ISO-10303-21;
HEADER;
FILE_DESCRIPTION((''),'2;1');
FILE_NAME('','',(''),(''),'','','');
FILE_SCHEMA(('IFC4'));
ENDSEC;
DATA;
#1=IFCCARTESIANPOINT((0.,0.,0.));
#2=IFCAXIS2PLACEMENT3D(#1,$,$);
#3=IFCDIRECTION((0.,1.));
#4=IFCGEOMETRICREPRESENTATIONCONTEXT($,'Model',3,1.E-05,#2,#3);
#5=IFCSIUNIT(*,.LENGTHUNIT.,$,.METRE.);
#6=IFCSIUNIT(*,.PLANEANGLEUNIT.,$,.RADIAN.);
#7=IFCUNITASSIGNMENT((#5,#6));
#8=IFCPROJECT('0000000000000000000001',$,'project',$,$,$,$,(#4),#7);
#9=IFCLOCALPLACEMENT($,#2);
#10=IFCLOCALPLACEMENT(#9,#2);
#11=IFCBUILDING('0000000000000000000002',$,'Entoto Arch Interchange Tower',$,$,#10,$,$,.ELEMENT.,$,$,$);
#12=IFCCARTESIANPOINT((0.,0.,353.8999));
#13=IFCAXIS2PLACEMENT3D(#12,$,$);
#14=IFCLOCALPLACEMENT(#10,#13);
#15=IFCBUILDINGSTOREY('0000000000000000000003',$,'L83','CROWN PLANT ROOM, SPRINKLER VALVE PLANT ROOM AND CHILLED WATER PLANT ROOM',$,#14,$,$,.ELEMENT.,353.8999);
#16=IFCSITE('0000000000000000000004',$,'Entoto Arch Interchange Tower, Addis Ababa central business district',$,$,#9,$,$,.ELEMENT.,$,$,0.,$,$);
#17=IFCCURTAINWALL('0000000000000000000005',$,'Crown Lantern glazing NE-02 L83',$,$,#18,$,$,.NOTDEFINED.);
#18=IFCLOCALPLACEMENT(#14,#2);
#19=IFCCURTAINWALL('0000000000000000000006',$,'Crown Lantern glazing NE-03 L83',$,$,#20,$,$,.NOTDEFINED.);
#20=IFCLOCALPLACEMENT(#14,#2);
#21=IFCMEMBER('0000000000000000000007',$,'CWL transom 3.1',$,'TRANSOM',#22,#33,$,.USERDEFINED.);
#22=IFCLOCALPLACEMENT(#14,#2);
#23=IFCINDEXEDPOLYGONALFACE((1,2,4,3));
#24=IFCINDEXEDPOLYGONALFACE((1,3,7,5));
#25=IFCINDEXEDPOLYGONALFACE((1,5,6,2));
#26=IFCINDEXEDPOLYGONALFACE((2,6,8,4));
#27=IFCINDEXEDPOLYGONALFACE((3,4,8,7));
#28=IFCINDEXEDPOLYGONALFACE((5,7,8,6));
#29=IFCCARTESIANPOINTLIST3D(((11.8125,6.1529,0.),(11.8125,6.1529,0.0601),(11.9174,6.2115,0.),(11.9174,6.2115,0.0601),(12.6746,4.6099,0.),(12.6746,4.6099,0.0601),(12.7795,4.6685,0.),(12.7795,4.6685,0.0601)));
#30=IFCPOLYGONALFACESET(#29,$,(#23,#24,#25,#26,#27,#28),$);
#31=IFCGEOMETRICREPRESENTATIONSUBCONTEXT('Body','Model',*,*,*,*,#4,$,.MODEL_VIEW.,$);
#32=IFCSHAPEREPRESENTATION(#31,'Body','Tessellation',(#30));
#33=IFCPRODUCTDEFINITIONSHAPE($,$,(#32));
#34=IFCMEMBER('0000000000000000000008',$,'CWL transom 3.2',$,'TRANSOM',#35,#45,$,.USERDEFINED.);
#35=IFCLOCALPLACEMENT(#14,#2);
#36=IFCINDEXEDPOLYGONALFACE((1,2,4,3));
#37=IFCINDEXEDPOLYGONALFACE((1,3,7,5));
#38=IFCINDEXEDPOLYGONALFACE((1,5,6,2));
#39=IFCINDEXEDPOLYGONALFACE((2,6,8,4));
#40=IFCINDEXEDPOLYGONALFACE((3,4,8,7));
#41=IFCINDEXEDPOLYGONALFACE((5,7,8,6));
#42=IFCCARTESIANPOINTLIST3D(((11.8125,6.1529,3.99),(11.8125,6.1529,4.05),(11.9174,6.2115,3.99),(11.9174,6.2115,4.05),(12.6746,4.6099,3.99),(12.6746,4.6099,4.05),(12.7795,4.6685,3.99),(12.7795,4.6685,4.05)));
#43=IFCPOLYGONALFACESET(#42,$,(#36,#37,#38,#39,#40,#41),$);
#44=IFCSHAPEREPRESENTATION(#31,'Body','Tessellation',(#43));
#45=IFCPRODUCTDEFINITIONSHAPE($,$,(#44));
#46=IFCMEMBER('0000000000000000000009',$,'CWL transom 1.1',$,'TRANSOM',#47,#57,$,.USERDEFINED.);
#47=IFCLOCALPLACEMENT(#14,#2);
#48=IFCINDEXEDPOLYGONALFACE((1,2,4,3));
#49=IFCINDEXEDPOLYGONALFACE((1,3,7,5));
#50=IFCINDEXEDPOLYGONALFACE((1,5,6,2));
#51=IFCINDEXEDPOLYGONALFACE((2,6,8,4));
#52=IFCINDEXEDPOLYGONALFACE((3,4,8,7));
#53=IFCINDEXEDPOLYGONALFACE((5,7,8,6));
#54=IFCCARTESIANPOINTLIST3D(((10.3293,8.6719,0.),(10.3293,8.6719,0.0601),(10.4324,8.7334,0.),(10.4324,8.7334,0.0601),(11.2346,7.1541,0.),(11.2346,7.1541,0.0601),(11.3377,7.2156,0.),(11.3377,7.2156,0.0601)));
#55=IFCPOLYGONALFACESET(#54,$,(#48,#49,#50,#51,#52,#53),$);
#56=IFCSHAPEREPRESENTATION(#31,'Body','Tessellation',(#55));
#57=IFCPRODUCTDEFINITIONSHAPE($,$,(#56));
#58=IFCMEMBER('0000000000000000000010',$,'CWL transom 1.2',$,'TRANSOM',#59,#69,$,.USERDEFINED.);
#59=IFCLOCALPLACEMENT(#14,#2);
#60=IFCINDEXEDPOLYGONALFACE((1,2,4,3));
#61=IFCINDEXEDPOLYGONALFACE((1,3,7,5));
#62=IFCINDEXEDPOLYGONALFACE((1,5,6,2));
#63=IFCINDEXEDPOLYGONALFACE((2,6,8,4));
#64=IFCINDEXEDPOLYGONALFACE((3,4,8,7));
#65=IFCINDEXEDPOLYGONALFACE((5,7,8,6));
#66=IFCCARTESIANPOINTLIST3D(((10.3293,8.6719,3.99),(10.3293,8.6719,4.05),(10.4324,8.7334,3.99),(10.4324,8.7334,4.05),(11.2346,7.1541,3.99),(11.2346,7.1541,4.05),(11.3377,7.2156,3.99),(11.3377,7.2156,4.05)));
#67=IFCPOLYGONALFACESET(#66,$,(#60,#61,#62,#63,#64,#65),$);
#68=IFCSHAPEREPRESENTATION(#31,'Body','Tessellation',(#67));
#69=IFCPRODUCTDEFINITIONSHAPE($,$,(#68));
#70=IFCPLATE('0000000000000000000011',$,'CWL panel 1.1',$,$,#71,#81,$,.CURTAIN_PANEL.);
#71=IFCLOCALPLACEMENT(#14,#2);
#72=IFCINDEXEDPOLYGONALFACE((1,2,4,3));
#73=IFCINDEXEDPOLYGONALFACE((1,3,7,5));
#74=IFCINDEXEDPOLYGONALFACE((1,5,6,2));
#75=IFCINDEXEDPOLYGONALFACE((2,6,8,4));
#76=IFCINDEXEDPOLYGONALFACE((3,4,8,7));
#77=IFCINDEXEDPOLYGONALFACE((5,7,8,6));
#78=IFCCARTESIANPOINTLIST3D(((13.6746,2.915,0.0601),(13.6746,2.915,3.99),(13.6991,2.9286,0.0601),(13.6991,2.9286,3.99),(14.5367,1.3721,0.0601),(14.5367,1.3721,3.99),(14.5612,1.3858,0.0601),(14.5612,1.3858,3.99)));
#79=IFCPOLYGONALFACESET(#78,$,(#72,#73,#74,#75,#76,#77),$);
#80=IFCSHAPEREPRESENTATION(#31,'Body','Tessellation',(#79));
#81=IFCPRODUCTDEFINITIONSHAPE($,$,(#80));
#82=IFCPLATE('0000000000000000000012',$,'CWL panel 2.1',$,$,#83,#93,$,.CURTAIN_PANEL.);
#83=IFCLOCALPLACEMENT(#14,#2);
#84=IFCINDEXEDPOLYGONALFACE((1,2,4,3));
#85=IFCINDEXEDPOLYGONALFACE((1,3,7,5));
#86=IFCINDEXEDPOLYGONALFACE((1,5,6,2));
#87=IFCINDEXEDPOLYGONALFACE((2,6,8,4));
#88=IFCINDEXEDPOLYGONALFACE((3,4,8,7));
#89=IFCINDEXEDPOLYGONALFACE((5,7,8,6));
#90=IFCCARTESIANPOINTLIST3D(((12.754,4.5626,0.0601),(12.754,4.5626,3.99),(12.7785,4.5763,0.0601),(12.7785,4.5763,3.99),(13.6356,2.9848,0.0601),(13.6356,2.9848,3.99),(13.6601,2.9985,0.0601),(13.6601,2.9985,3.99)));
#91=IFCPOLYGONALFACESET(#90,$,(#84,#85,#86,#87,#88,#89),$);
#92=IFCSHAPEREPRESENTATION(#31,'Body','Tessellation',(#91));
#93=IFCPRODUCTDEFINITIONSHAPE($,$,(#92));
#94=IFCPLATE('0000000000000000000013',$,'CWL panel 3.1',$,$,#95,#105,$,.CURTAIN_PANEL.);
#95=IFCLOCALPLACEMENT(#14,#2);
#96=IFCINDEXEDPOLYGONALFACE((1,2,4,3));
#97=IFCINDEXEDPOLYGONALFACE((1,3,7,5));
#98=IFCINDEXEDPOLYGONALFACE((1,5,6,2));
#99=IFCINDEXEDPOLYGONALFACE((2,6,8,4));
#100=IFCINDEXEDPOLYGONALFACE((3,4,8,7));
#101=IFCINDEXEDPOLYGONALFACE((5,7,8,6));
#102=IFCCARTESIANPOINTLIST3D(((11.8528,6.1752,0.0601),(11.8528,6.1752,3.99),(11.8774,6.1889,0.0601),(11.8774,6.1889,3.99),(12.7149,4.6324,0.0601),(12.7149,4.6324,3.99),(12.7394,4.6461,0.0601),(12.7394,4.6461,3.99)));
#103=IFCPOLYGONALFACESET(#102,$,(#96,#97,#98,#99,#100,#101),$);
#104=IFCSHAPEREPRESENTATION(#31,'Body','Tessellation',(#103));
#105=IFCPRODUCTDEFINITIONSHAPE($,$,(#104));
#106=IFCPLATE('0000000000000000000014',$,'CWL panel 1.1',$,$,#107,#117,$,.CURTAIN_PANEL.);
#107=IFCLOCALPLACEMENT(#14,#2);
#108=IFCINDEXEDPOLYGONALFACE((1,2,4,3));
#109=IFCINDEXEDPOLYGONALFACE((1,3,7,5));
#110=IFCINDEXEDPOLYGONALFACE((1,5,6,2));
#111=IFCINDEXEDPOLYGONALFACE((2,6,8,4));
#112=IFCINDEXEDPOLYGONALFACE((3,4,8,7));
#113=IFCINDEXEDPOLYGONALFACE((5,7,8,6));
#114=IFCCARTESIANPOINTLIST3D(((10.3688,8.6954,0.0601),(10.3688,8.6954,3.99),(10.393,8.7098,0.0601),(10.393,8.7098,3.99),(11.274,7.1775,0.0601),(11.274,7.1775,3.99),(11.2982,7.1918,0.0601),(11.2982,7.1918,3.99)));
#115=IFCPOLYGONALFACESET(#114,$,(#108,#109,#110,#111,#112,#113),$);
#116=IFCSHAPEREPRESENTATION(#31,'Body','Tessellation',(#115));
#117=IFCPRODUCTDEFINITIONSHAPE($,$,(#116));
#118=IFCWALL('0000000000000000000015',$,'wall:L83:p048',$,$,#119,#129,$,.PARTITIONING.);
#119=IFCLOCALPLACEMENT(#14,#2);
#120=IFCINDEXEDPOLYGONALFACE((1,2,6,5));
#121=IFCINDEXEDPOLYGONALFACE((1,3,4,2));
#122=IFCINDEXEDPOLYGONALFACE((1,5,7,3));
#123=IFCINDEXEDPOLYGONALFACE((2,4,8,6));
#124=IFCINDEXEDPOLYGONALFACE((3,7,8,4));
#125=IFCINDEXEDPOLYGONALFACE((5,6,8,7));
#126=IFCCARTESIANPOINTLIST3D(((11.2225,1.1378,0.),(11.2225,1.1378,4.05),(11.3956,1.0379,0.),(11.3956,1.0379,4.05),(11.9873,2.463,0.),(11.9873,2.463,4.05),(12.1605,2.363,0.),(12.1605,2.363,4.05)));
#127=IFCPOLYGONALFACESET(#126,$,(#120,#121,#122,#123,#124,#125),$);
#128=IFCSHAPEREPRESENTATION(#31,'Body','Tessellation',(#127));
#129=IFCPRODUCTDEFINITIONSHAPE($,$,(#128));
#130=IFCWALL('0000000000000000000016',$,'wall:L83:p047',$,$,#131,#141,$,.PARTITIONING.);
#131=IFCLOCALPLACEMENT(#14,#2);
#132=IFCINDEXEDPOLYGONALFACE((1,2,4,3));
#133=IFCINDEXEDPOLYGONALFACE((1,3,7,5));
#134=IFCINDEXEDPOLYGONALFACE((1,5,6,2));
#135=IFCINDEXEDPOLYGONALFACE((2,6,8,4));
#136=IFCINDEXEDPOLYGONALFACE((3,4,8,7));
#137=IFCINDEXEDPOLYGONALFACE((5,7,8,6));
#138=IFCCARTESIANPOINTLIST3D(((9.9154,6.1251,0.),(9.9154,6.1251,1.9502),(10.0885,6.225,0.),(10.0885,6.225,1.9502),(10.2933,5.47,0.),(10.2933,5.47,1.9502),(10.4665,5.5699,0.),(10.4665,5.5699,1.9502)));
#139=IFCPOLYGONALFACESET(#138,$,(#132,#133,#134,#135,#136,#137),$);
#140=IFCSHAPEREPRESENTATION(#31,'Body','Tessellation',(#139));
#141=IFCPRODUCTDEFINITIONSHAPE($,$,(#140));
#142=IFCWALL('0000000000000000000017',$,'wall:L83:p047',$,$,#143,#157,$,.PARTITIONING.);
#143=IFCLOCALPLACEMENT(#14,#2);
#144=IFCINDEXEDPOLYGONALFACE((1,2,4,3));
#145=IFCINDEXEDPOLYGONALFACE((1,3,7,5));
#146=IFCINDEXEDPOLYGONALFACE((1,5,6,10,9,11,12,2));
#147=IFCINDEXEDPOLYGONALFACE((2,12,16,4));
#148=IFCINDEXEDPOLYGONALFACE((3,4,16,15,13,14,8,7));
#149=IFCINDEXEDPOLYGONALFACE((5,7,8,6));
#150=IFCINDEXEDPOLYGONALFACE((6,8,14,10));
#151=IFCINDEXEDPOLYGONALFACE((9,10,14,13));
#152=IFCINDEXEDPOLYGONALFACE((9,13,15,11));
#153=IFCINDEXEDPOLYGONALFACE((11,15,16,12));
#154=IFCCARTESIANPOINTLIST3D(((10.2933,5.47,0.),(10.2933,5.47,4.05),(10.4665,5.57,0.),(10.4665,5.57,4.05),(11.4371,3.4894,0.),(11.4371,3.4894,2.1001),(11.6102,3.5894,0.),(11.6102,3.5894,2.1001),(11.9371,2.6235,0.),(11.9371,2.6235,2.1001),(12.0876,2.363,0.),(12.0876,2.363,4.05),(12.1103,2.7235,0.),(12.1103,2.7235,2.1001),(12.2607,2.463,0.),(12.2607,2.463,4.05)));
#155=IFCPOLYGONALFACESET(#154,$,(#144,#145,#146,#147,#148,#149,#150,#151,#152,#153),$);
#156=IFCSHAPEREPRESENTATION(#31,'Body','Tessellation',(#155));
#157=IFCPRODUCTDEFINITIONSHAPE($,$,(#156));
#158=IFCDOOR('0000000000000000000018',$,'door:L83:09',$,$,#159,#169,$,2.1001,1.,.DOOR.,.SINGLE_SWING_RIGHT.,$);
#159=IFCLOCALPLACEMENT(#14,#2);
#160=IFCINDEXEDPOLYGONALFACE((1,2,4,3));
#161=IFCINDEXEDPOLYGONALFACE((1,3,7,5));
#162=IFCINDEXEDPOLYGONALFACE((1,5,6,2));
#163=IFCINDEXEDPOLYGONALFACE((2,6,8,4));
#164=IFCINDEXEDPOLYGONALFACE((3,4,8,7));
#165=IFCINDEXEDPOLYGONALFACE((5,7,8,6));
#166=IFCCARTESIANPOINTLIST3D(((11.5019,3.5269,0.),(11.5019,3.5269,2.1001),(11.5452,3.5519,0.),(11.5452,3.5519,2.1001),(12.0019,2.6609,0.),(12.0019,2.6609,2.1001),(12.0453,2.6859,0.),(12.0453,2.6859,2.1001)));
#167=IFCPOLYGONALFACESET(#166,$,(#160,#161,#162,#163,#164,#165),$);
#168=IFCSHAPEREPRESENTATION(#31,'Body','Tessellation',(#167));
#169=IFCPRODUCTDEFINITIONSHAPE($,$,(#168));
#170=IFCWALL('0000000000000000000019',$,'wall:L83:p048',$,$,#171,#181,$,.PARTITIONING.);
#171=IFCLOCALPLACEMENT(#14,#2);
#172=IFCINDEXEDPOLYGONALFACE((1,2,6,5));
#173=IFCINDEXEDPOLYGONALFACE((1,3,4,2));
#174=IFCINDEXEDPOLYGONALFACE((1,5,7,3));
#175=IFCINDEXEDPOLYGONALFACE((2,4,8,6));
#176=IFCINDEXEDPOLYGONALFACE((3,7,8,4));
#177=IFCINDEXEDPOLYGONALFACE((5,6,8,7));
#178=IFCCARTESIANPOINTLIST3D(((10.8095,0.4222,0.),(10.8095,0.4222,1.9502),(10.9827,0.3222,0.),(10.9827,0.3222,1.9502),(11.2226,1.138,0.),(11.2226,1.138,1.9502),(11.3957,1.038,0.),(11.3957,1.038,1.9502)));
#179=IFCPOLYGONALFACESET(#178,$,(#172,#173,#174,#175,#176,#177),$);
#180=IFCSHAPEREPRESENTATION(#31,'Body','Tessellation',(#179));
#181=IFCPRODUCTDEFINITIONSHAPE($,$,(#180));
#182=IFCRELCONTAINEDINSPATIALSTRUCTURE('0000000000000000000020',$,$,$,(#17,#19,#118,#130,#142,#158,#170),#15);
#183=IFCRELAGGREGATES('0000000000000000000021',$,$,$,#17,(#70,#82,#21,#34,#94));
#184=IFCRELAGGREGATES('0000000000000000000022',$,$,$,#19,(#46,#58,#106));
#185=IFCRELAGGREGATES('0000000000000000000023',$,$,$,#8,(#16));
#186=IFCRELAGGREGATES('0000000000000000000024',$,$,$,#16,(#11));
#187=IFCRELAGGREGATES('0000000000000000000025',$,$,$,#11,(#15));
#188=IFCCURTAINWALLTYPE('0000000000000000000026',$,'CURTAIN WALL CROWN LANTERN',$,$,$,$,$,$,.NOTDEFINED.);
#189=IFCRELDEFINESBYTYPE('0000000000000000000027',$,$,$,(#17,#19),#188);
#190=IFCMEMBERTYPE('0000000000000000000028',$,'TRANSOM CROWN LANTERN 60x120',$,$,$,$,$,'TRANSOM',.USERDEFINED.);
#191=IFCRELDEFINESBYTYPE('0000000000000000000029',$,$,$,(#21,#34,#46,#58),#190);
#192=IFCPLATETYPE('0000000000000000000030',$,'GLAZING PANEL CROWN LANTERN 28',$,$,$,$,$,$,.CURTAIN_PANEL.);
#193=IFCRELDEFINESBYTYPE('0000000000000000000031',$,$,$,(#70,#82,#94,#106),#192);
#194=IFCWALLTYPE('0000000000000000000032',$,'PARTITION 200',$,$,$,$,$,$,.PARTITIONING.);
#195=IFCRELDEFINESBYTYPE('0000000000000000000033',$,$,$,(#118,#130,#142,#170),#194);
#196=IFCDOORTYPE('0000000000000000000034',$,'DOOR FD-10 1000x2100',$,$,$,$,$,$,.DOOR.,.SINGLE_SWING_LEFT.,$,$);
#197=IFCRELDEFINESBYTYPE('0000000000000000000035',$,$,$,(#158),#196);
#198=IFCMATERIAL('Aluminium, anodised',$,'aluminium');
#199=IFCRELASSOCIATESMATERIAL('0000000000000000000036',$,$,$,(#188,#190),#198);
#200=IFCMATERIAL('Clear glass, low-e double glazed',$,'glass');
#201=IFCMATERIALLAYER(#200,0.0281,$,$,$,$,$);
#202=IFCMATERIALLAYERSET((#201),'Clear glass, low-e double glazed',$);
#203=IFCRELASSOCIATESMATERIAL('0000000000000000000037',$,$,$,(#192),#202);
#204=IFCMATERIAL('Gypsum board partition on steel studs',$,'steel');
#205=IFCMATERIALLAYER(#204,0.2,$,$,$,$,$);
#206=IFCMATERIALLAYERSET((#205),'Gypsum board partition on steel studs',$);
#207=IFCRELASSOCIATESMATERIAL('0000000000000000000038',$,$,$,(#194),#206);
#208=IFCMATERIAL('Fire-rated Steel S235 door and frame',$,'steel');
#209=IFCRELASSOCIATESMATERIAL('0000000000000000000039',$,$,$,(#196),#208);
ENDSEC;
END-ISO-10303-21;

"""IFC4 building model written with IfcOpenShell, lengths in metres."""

from ifc_helpers import new_model, si_unit, direction, frame, frame_2d, origin, origin_2d, place, context, subcontext, project, spatial, rectangle, extrude, material, layer, layer_set, material_profile, profile_set, type_object, element, fill, aggregate, save


model = new_model("IFC4")

# Units and contexts
model_context = context("Model", 3, precision=1e-05, world=origin(), true_north=direction((0.0, 1.0)))
body_context = subcontext(model_context, "Body", "Model", "MODEL_VIEW")
ifc_project = project(units=[si_unit("LENGTHUNIT", "METRE"), si_unit("PLANEANGLEUNIT", "RADIAN")], contexts=[model_context])

# Site, building, storey
site_placement = place(None, origin())
site = spatial("IfcSite", under=ifc_project, at=site_placement, Name="Entoto Arch Interchange Tower, Addis Ababa central business district", CompositionType="ELEMENT", RefElevation=0.0)
building_placement = place(site_placement, origin())
building = spatial("IfcBuilding", under=site, at=building_placement, Name="Entoto Arch Interchange Tower", CompositionType="ELEMENT")
storey_placement = place(building_placement, frame((0.0, 0.0, 353.8999)))
storey = spatial("IfcBuildingStorey", under=building, at=storey_placement, Name="L83", Description="CROWN PLANT ROOM, SPRINKLER VALVE PLANT ROOM AND CHILLED WATER PLANT ROOM", CompositionType="ELEMENT", Elevation=353.8999)

# Shared definitions
ifc_material_1 = material(Name="Aluminium, anodised", Category="aluminium")
curtain_wall_type = type_object("IfcCurtainWallType", Name="CURTAIN WALL CROWN LANTERN", PredefinedType="NOTDEFINED", material=ifc_material_1)

# Curtain wall
curtain_wall_1_placement = place(storey_placement, origin())
curtain_wall_1 = element("IfcCurtainWall", 1, at=curtain_wall_1_placement, inside=storey, type_object=curtain_wall_type, Name="Crown Lantern glazing NE-02 L83", PredefinedType="NOTDEFINED")

# Curtain wall
curtain_wall_2_placement = place(storey_placement, origin())
curtain_wall_2 = element("IfcCurtainWall", 2, at=curtain_wall_2_placement, inside=storey, type_object=curtain_wall_type, Name="Crown Lantern glazing NE-03 L83", PredefinedType="NOTDEFINED")

# Members
ifc_material_profile_1 = material_profile(ifc_material_1, rectangle(XDim=0.1201, YDim=0.0601, at=origin_2d()))
ifc_profile_set_1 = profile_set([ifc_material_profile_1], Name="Aluminium, anodised")
member_type_1 = type_object("IfcMemberType", Name="TRANSOM CROWN LANTERN 60x120", ElementType="TRANSOM", PredefinedType="USERDEFINED", material=ifc_profile_set_1)
member_1_placement = place(storey_placement, frame((12.7271, 4.6392, 0.03), z_axis=(-0.487741, 0.872988, 0.0), x_axis=(-0.872988, -0.487741, 0.0)))
member_1 = element("IfcMember", 3, at=member_1_placement, type_object=member_type_1, Name="CWL transom 3.1", ObjectType="TRANSOM", PredefinedType="USERDEFINED", context=body_context, shape_type="SweptSolid", body=[
    extrude(rectangle(XDim=0.1201, YDim=0.0601, at=origin_2d()), origin(), (0.0, 0.0, 1.0), 1.7676),
])
member_2_placement = place(storey_placement, frame((12.7271, 4.6392, 4.02), z_axis=(-0.487741, 0.872988, 0.0), x_axis=(-0.872988, -0.487741, 0.0)))
member_2 = element("IfcMember", 4, at=member_2_placement, type_object=member_type_1, Name="CWL transom 3.2", ObjectType="TRANSOM", PredefinedType="USERDEFINED", context=body_context, shape_type="SweptSolid", body=[
    extrude(rectangle(XDim=0.1201, YDim=0.0601, at=origin_2d()), origin(), (0.0, 0.0, 1.0), 1.7676),
])
member_3_placement = place(storey_placement, frame((11.2861, 7.1848, 0.03), z_axis=(-0.512239, 0.858843, 0.0), x_axis=(-0.858843, -0.512239, 0.0)))
member_3 = element("IfcMember", 5, at=member_3_placement, type_object=member_type_1, Name="CWL transom 1.1", ObjectType="TRANSOM", PredefinedType="USERDEFINED", context=body_context, shape_type="SweptSolid", body=[
    extrude(rectangle(XDim=0.1201, YDim=0.0601, at=origin_2d()), origin(), (0.0, 0.0, 1.0), 1.7673),
])
member_4_placement = place(storey_placement, frame((11.2861, 7.1848, 4.02), z_axis=(-0.512239, 0.858843, 0.0), x_axis=(-0.858843, -0.512239, 0.0)))
member_4 = element("IfcMember", 6, at=member_4_placement, type_object=member_type_1, Name="CWL transom 1.2", ObjectType="TRANSOM", PredefinedType="USERDEFINED", context=body_context, shape_type="SweptSolid", body=[
    extrude(rectangle(XDim=0.1201, YDim=0.0601, at=origin_2d()), origin(), (0.0, 0.0, 1.0), 1.7673),
])

# Plates
ifc_material_2 = material(Name="Clear glass, low-e double glazed", Category="glass")
ifc_layer_1 = layer(ifc_material_2, 0.0281)
ifc_layer_set_1 = layer_set([ifc_layer_1], Name="Clear glass, low-e double glazed")
plate_type = type_object("IfcPlateType", Name="GLAZING PANEL CROWN LANTERN 28", PredefinedType="CURTAIN_PANEL", material=ifc_layer_set_1)
plate_1_placement = place(storey_placement, frame((14.1179, 2.1504, 0.0601), z_axis=(0.0, 0.0, 1.0), x_axis=(-0.487786, 0.872963, 0.0)))
plate_1 = element("IfcPlate", 7, at=plate_1_placement, type_object=plate_type, Name="CWL panel 1.1", PredefinedType="CURTAIN_PANEL", context=body_context, shape_type="SweptSolid", body=[
    extrude(rectangle(XDim=1.7673, YDim=0.0281, at=origin_2d()), origin(), (0.0, 0.0, 1.0), 3.9299),
])
plate_2_placement = place(storey_placement, frame((13.207, 3.7805, 0.0601), z_axis=(0.0, 0.0, 1.0), x_axis=(-0.487786, 0.872963, 0.0)))
plate_2 = element("IfcPlate", 8, at=plate_2_placement, type_object=plate_type, Name="CWL panel 2.1", PredefinedType="CURTAIN_PANEL", context=body_context, shape_type="SweptSolid", body=[
    extrude(rectangle(XDim=1.8074, YDim=0.0281, at=origin_2d()), origin(), (0.0, 0.0, 1.0), 3.9299),
])
plate_3_placement = place(storey_placement, frame((12.2961, 5.4106, 0.0601), z_axis=(0.0, 0.0, 1.0), x_axis=(-0.487786, 0.872963, 0.0)))
plate_3 = element("IfcPlate", 9, at=plate_3_placement, type_object=plate_type, Name="CWL panel 3.1", PredefinedType="CURTAIN_PANEL", context=body_context, shape_type="SweptSolid", body=[
    extrude(rectangle(XDim=1.7673, YDim=0.0281, at=origin_2d()), origin(), (0.0, 0.0, 1.0), 3.9299),
])
aggregate(curtain_wall_1, [plate_1, plate_2, member_1, member_2, plate_3])
plate_4_placement = place(storey_placement, frame((10.8335, 7.9436, 0.0601), z_axis=(0.0, 0.0, 1.0), x_axis=(-0.512182, 0.858877, 0.0)))
plate_4 = element("IfcPlate", 10, at=plate_4_placement, type_object=plate_type, Name="CWL panel 1.1", PredefinedType="CURTAIN_PANEL", context=body_context, shape_type="SweptSolid", body=[
    extrude(rectangle(XDim=1.7673, YDim=0.0281, at=origin_2d()), origin(), (0.0, 0.0, 1.0), 3.9299),
])
aggregate(curtain_wall_2, [member_3, member_4, plate_4])

# Walls
ifc_material_3 = material(Name="Gypsum board partition on steel studs", Category="steel")
ifc_layer_2 = layer(ifc_material_3, 0.2)
ifc_layer_set_2 = layer_set([ifc_layer_2], Name="Gypsum board partition on steel studs")
wall_type_1 = type_object("IfcWallType", Name="PARTITION 200", PredefinedType="PARTITIONING", material=ifc_layer_set_2)
wall_1_placement = place(storey_placement, frame((12.074, 2.4131, 0.0), z_axis=(0.0, 0.0, 1.0), x_axis=(-0.499897, -0.866085, 0.0)))
element("IfcWall", 11, at=wall_1_placement, inside=storey, type_object=wall_type_1, Name="wall:L83:p048", PredefinedType="PARTITIONING", context=body_context, shape_type="SweptSolid", body=[
    extrude(rectangle(XDim=1.53, YDim=0.2, at=frame_2d((0.7651, 0.0))), origin(), (0.0, 0.0, 1.0), 4.05),
])
wall_2_placement = place(storey_placement, frame((10.002, 6.175, 0.0), z_axis=(0.0, 0.0, 1.0), x_axis=(0.49975, -0.866169, 0.0)))
element("IfcWall", 12, at=wall_2_placement, inside=storey, type_object=wall_type_1, Name="wall:L83:p047", PredefinedType="PARTITIONING", context=body_context, shape_type="SweptSolid", body=[
    extrude(rectangle(XDim=0.7563, YDim=0.2, at=frame_2d((0.3782, 0.0))), origin(), (0.0, 0.0, 1.0), 1.9502),
])

# Wall, opening, door
wall_3_placement = place(storey_placement, frame((10.3799, 5.52, 0.0), z_axis=(0.0, 0.0, 1.0), x_axis=(0.500084, -0.865977, 0.0)))
wall_3 = element("IfcWall", 13, at=wall_3_placement, inside=storey, type_object=wall_type_1, Name="wall:L83:p047", PredefinedType="PARTITIONING", context=body_context, shape_type="SweptSolid", body=[
    extrude(rectangle(XDim=3.5879, YDim=0.2, at=frame_2d((1.7939, 0.0))), origin(), (0.0, 0.0, 1.0), 4.05),
])
opening_placement = place(wall_3_placement, frame((2.2871, 0.0, 0.0)))
opening = element("IfcOpeningElement", 14, at=opening_placement, cuts=wall_3, PredefinedType="OPENING", context=body_context, shape_type="SweptSolid", body=[
    extrude(rectangle(XDim=1.0, YDim=2.1001, at=frame_2d((0.5, 1.05))), frame((0.0, 0.1099, 0.0), z_axis=(0.0, -1.0, 0.0), x_axis=(1.0, 0.0, 0.0)), (0.0, 0.0, 1.0), 0.22),
])
ifc_material_4 = material(Name="Fire-rated Steel S235 door and frame", Category="steel")
door_type = type_object("IfcDoorType", Name="DOOR FD-10 1000x2100", OperationType="SINGLE_SWING_LEFT", PredefinedType="DOOR", material=ifc_material_4)
door_placement = place(opening_placement, origin())
door = element("IfcDoor", 15, at=door_placement, inside=storey, type_object=door_type, Name="door:L83:09", OperationType="SINGLE_SWING_RIGHT", OverallHeight=2.1001, OverallWidth=1.0, PredefinedType="DOOR", context=body_context, shape_type="SweptSolid", body=[
    extrude(rectangle(XDim=1.0, YDim=2.1001, at=frame_2d((0.5, 1.05))), frame((0.0, 0.0249, 0.0), z_axis=(0.0, -1.0, 0.0), x_axis=(1.0, 0.0, 0.0)), (0.0, 0.0, 1.0), 0.05),
])
fill(opening, door)

# Wall
wall_4_placement = place(storey_placement, frame((11.3091, 1.0879, 0.0), z_axis=(0.0, 0.0, 1.0), x_axis=(-0.499825, -0.866127, 0.0)))
element("IfcWall", 16, at=wall_4_placement, inside=storey, type_object=wall_type_1, Name="wall:L83:p048", PredefinedType="PARTITIONING", context=body_context, shape_type="SweptSolid", body=[
    extrude(rectangle(XDim=0.8264, YDim=0.2, at=frame_2d((0.4131, 0.0))), origin(), (0.0, 0.0, 1.0), 1.9502),
])

save(model, "model.ifc")
